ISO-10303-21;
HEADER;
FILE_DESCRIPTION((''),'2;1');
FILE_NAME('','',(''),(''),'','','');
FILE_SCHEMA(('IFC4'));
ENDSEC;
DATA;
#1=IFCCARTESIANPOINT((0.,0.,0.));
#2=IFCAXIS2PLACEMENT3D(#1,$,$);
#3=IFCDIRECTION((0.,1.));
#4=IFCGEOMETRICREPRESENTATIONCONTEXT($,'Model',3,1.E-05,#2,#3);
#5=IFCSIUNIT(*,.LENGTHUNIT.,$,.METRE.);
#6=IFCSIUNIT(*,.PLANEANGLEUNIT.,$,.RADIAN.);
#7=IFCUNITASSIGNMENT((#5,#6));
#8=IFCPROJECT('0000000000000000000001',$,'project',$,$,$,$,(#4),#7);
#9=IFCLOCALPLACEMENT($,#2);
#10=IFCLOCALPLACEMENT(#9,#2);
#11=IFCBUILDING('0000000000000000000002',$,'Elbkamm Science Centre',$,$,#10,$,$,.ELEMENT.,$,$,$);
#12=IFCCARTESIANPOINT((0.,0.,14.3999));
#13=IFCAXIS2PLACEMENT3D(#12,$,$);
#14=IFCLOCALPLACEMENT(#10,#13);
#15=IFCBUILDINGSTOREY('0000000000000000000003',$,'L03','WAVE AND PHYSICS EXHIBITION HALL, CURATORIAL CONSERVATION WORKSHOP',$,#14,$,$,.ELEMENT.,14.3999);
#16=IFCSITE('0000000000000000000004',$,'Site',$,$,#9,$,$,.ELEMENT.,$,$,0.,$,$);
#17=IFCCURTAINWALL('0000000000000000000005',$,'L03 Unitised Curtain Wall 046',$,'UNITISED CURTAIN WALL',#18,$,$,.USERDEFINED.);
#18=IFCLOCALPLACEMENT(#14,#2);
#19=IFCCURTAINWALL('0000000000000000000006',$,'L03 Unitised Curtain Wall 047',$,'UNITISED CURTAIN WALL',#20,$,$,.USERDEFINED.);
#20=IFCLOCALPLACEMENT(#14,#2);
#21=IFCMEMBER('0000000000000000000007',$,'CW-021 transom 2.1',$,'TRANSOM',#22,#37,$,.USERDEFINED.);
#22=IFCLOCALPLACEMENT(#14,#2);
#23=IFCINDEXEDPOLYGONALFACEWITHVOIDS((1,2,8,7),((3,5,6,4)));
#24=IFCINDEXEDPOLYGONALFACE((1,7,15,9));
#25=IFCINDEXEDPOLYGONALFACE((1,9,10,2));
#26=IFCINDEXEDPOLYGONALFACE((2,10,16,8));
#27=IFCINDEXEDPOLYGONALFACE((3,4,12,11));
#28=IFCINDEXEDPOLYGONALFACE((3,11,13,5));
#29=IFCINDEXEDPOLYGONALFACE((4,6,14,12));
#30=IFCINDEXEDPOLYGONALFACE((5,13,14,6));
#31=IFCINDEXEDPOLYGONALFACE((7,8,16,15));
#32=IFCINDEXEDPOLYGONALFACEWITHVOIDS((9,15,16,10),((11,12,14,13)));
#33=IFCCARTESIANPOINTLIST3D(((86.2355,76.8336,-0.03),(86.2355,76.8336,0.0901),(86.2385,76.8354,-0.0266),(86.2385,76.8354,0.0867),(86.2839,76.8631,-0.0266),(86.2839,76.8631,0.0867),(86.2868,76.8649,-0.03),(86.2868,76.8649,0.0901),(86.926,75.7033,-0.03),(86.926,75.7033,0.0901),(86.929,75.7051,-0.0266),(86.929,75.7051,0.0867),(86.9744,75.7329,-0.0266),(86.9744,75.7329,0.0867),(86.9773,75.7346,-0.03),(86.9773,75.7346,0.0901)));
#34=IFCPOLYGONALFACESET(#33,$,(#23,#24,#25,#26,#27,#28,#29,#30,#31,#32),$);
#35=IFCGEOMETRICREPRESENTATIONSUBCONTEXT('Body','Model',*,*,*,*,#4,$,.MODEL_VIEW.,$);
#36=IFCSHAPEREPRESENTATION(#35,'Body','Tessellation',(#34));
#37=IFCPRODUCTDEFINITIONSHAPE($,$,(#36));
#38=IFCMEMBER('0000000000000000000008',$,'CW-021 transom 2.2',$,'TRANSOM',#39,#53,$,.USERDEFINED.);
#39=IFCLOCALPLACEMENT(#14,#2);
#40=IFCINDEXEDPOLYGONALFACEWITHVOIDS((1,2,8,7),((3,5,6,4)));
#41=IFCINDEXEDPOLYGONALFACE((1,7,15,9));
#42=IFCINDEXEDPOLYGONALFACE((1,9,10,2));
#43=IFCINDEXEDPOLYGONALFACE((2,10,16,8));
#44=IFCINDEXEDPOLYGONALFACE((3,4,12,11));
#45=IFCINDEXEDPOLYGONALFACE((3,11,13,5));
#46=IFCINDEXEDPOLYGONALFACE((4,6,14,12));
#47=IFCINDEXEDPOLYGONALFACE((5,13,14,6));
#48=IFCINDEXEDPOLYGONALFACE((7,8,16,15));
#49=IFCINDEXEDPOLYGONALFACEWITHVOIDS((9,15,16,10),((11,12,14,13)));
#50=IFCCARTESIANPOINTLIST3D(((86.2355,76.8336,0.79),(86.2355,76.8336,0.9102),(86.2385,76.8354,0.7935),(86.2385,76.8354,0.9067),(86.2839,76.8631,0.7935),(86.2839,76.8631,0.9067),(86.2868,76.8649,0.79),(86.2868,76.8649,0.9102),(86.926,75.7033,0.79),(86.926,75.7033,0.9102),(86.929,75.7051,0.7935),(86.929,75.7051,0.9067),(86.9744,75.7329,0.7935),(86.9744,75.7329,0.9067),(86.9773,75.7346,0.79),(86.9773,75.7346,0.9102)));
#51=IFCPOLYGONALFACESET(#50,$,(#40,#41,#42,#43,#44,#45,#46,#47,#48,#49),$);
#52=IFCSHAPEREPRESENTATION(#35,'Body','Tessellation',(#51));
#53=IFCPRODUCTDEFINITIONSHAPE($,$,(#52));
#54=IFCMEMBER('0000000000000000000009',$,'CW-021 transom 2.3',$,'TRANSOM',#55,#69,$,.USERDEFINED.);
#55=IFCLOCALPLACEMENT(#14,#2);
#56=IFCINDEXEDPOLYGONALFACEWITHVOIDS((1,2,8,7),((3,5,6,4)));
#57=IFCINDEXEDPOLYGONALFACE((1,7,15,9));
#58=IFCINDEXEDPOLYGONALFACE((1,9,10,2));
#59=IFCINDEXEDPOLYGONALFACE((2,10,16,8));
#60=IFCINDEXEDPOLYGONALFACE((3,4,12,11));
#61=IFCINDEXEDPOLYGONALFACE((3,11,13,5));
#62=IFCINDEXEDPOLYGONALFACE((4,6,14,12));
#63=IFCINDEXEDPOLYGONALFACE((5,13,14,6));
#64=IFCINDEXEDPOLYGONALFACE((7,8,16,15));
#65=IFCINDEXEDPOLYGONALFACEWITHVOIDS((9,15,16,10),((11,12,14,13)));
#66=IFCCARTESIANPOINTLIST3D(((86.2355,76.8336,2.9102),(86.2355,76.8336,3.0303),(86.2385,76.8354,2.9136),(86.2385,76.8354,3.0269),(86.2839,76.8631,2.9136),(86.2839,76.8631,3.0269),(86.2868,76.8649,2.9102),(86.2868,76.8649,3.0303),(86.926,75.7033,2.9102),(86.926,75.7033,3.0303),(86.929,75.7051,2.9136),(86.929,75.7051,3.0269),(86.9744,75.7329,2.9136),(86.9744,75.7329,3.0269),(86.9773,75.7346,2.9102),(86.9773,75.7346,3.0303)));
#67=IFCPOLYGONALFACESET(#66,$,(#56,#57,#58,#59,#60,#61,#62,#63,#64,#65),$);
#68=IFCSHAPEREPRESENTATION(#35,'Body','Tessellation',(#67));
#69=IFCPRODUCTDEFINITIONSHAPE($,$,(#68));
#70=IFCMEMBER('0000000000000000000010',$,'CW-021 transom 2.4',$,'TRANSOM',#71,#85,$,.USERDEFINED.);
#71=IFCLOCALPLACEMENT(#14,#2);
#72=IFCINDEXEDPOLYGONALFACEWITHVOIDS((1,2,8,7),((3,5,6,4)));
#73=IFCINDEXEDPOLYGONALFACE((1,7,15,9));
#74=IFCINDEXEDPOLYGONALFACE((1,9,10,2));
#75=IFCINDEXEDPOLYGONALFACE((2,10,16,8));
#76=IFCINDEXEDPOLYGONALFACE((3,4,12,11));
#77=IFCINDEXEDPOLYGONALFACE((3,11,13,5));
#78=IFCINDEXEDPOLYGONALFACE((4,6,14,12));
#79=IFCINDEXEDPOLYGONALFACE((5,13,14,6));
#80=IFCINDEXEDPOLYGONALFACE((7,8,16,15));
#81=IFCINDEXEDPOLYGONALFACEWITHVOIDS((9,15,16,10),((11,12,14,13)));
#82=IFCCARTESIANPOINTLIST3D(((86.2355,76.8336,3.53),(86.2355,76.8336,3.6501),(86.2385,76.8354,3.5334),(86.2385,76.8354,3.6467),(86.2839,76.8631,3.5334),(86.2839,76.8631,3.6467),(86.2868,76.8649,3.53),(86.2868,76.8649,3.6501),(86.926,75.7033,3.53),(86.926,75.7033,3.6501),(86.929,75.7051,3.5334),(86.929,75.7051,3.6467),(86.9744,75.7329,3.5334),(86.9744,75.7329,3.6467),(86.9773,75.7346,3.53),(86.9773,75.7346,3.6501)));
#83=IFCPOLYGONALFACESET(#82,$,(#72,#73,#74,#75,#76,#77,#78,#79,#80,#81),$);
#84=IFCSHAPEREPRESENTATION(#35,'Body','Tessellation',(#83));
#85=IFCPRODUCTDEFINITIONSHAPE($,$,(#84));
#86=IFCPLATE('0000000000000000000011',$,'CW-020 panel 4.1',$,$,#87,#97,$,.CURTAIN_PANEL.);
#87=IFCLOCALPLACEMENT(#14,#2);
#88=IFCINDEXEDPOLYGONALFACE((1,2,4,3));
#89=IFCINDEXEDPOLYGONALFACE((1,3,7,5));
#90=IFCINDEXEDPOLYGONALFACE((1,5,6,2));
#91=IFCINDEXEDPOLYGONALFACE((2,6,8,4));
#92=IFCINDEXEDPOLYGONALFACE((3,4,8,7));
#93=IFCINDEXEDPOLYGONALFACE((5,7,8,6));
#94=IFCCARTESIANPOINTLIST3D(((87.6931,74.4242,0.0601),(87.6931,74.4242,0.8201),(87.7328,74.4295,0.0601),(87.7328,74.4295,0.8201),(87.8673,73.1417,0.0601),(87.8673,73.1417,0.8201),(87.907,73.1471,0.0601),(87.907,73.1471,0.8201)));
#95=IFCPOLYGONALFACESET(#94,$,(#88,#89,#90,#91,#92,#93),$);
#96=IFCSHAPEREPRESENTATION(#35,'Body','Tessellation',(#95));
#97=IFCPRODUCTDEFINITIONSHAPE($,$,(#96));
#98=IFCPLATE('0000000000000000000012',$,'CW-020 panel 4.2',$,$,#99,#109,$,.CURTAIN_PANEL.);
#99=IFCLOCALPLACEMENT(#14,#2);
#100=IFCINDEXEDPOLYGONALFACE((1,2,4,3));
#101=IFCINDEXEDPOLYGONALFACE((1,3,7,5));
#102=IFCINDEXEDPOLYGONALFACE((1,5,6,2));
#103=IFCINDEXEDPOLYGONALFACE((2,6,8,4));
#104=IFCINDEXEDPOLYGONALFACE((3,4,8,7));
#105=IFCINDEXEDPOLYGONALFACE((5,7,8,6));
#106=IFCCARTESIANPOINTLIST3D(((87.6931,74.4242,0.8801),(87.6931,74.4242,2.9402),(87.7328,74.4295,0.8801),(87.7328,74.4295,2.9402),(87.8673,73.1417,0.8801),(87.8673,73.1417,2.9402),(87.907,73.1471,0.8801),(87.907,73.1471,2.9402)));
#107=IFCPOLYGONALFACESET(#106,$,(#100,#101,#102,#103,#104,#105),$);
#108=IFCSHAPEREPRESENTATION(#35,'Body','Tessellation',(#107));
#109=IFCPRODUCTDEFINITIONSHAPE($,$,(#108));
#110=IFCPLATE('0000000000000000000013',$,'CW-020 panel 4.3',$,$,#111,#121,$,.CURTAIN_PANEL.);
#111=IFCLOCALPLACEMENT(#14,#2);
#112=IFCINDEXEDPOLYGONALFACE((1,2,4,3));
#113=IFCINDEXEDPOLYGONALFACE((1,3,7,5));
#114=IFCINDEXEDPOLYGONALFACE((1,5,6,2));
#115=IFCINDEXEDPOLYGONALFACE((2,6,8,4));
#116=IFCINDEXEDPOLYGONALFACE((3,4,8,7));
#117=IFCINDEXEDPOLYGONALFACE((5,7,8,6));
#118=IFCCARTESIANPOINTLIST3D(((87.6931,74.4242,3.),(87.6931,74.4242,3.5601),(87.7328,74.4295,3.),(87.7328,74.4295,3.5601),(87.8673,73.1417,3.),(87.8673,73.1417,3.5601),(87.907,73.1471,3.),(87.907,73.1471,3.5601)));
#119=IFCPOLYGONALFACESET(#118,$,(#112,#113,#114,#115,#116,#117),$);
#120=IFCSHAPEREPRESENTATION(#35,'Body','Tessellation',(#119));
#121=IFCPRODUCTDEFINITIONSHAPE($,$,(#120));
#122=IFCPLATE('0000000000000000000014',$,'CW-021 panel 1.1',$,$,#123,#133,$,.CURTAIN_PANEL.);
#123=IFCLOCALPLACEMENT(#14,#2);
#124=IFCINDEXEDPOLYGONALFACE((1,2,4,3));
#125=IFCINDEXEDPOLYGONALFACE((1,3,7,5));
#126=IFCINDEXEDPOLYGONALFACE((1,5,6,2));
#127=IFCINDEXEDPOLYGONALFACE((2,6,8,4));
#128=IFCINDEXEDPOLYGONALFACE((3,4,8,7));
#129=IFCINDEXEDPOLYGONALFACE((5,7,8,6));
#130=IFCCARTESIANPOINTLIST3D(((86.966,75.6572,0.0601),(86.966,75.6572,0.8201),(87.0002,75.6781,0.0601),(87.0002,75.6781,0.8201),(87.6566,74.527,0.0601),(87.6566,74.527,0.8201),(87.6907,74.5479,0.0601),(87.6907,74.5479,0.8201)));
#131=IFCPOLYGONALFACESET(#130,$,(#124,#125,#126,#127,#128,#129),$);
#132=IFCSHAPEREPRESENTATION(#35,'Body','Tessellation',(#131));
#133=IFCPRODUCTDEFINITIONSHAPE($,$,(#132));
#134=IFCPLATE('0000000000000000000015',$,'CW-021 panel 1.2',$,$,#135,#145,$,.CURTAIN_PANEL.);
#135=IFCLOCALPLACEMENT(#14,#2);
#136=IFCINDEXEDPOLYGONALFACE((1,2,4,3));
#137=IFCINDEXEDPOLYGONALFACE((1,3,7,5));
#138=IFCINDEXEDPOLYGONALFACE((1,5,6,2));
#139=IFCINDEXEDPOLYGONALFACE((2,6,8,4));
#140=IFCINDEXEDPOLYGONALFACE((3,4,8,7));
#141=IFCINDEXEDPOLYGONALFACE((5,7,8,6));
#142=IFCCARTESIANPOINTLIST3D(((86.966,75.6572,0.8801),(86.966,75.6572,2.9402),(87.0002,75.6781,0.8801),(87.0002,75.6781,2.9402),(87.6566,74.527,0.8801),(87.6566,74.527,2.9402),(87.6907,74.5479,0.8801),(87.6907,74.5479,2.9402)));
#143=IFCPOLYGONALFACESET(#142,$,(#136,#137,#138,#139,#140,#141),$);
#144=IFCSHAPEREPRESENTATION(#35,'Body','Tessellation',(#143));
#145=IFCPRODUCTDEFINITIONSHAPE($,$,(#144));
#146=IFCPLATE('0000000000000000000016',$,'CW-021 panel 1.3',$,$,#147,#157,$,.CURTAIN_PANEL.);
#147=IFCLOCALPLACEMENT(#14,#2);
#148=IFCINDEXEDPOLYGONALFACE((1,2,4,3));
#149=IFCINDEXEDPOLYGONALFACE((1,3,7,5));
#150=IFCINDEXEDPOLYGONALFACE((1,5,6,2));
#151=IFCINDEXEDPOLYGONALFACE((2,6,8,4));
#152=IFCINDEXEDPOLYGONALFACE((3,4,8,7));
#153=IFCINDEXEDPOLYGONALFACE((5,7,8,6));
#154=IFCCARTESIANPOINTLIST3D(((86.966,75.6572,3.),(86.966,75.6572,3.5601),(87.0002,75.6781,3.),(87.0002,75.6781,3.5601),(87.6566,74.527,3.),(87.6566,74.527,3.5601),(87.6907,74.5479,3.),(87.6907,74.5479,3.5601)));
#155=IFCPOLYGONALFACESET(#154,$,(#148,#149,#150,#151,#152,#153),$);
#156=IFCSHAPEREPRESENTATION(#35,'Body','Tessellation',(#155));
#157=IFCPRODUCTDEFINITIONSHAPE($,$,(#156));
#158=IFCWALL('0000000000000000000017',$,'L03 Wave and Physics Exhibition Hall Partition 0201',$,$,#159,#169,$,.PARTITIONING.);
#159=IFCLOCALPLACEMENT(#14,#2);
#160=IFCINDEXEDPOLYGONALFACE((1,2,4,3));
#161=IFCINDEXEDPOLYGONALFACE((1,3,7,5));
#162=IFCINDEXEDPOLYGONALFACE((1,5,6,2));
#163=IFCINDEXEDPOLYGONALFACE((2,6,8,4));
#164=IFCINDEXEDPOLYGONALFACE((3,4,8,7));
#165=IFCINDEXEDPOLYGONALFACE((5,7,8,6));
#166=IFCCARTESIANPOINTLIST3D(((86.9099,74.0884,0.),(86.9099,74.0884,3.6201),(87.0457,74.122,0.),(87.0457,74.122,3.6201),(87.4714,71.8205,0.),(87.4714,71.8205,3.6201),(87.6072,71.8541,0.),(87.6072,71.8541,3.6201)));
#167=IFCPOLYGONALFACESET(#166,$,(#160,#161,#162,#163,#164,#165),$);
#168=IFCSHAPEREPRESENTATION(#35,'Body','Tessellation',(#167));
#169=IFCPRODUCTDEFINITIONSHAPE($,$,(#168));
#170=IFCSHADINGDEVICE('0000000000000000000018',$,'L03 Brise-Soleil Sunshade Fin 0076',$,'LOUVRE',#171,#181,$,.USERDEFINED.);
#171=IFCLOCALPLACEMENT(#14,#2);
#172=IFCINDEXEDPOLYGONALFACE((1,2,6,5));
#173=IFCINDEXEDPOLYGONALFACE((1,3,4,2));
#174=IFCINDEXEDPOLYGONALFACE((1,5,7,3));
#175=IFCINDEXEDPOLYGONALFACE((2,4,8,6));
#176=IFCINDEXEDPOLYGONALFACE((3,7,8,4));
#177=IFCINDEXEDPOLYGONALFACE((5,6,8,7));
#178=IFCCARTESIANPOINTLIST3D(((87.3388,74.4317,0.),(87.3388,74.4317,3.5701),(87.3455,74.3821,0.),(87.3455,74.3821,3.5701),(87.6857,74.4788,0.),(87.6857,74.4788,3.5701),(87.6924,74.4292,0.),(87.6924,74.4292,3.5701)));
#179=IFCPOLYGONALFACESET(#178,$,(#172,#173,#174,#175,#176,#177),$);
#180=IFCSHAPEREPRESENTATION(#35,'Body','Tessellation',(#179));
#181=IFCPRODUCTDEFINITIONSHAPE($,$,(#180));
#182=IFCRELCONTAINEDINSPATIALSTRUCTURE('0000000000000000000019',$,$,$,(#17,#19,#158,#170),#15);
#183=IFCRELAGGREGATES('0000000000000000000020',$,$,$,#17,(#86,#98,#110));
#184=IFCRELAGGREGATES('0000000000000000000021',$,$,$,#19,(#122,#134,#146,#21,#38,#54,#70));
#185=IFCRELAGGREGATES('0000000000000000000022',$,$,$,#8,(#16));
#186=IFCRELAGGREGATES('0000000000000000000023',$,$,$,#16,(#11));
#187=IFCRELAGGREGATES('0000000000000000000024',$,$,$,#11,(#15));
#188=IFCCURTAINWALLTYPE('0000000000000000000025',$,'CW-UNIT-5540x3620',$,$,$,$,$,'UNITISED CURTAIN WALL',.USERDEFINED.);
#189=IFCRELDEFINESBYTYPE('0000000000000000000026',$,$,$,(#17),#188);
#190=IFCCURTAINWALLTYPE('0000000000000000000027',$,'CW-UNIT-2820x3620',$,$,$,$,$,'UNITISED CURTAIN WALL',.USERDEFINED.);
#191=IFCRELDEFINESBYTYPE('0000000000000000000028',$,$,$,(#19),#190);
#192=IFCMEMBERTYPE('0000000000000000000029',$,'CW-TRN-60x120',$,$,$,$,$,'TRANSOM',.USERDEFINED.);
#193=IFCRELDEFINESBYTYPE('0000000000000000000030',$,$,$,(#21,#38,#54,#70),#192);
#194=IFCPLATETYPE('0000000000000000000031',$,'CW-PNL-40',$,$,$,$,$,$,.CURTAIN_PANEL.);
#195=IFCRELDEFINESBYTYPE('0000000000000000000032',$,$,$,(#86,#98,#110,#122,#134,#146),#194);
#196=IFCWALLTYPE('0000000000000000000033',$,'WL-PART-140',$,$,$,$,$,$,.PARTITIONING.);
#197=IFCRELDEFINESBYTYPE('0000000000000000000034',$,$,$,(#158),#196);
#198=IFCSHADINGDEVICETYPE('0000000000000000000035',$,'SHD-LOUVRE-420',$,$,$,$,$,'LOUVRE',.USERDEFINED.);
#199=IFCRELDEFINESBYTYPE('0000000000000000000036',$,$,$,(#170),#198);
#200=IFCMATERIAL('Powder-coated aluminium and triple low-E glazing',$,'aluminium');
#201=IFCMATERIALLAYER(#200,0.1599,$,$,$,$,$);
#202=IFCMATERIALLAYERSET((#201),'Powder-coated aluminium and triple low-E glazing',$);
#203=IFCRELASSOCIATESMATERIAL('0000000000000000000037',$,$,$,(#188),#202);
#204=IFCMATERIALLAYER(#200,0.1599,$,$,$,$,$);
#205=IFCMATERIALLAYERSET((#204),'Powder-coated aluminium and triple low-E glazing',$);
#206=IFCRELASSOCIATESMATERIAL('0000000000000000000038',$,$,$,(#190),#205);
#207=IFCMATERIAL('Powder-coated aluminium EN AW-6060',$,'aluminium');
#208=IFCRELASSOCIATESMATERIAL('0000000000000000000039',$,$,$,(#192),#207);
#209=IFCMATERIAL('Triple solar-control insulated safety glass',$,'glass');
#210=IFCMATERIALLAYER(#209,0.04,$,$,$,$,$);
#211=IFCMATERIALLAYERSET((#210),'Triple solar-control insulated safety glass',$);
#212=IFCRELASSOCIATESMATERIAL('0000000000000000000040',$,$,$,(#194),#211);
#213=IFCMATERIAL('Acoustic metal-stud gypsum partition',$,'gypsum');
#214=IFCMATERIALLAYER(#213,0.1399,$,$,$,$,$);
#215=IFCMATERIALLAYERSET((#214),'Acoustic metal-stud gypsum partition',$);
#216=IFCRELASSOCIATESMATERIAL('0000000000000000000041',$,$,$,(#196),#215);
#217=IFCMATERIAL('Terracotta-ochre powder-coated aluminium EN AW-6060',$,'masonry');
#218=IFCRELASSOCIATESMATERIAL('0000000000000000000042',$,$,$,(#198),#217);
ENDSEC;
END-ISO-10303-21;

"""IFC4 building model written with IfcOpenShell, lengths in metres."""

from ifc_helpers import new_model, si_unit, direction, frame, frame_2d, origin, origin_2d, place, context, subcontext, project, spatial, rectangle, hollow_rectangle, extrude, material, layer, layer_set, material_profile, profile_set, type_object, element, aggregate, save


model = new_model("IFC4")

# Units and contexts
model_context = context("Model", 3, precision=1e-05, world=origin(), true_north=direction((0.0, 1.0)))
body_context = subcontext(model_context, "Body", "Model", "MODEL_VIEW")
ifc_project = project(units=[si_unit("LENGTHUNIT", "METRE"), si_unit("PLANEANGLEUNIT", "RADIAN")], contexts=[model_context])

# Site, building, storey
site_placement = place(None, origin())
site = spatial("IfcSite", under=ifc_project, at=site_placement, Name="Site", CompositionType="ELEMENT", RefElevation=0.0)
building_placement = place(site_placement, origin())
building = spatial("IfcBuilding", under=site, at=building_placement, Name="Elbkamm Science Centre", CompositionType="ELEMENT")
storey_placement = place(building_placement, frame((0.0, 0.0, 14.3999)))
storey = spatial("IfcBuildingStorey", under=building, at=storey_placement, Name="L03", Description="WAVE AND PHYSICS EXHIBITION HALL, CURATORIAL CONSERVATION WORKSHOP", CompositionType="ELEMENT", Elevation=14.3999)

# Curtain wall
ifc_material_1 = material(Name="Powder-coated aluminium and triple low-E glazing", Category="aluminium")
ifc_layer_1 = layer(ifc_material_1, 0.1599)
ifc_layer_set_1 = layer_set([ifc_layer_1], Name="Powder-coated aluminium and triple low-E glazing")
curtain_wall_type_1 = type_object("IfcCurtainWallType", Name="CW-UNIT-5540x3620", ElementType="UNITISED CURTAIN WALL", PredefinedType="USERDEFINED", material=ifc_layer_set_1)
curtain_wall_1_placement = place(storey_placement, origin())
curtain_wall_1 = element("IfcCurtainWall", 1, at=curtain_wall_1_placement, inside=storey, type_object=curtain_wall_type_1, Name="L03 Unitised Curtain Wall 046", ObjectType="UNITISED CURTAIN WALL", PredefinedType="USERDEFINED")
ifc_material_2 = material(Name="Powder-coated aluminium EN AW-6060", Category="aluminium")

# Curtain wall
ifc_layer_2 = layer(ifc_material_1, 0.1599)
ifc_layer_set_2 = layer_set([ifc_layer_2], Name="Powder-coated aluminium and triple low-E glazing")
curtain_wall_type_2 = type_object("IfcCurtainWallType", Name="CW-UNIT-2820x3620", ElementType="UNITISED CURTAIN WALL", PredefinedType="USERDEFINED", material=ifc_layer_set_2)
curtain_wall_2_placement = place(storey_placement, origin())
curtain_wall_2 = element("IfcCurtainWall", 2, at=curtain_wall_2_placement, inside=storey, type_object=curtain_wall_type_2, Name="L03 Unitised Curtain Wall 047", ObjectType="UNITISED CURTAIN WALL", PredefinedType="USERDEFINED")

# Members
ifc_material_profile_1 = material_profile(ifc_material_2, hollow_rectangle(XDim=0.0601, YDim=0.1201, WallThickness=0.0034, at=origin_2d()), Name="ALU T60x120")
ifc_profile_set_1 = profile_set([ifc_material_profile_1], Name="Powder-coated aluminium EN AW-6060")
member_type_1 = type_object("IfcMemberType", Name="CW-TRN-60x120", ElementType="TRANSOM", PredefinedType="USERDEFINED", material=ifc_profile_set_1)
member_1_placement = place(storey_placement, frame((86.9517, 75.719, 0.03), z_axis=(-0.521338, 0.85335, 0.0), x_axis=(-0.85335, -0.521338, 0.0)))
member_1 = element("IfcMember", 3, at=member_1_placement, type_object=member_type_1, Name="CW-021 transom 2.1", ObjectType="TRANSOM", PredefinedType="USERDEFINED", context=body_context, shape_type="SweptSolid", body=[
    extrude(hollow_rectangle(XDim=0.0601, YDim=0.1201, WallThickness=0.0034, at=origin_2d()), origin(), (0.0, 0.0, 1.0), 1.3245),
])
member_2_placement = place(storey_placement, frame((86.9517, 75.719, 0.8501), z_axis=(-0.521338, 0.85335, 0.0), x_axis=(-0.85335, -0.521338, 0.0)))
member_2 = element("IfcMember", 4, at=member_2_placement, type_object=member_type_1, Name="CW-021 transom 2.2", ObjectType="TRANSOM", PredefinedType="USERDEFINED", context=body_context, shape_type="SweptSolid", body=[
    extrude(hollow_rectangle(XDim=0.0601, YDim=0.1201, WallThickness=0.0034, at=origin_2d()), origin(), (0.0, 0.0, 1.0), 1.3245),
])
member_3_placement = place(storey_placement, frame((86.9517, 75.719, 2.9702), z_axis=(-0.521338, 0.85335, 0.0), x_axis=(-0.85335, -0.521338, 0.0)))
member_3 = element("IfcMember", 5, at=member_3_placement, type_object=member_type_1, Name="CW-021 transom 2.3", ObjectType="TRANSOM", PredefinedType="USERDEFINED", context=body_context, shape_type="SweptSolid", body=[
    extrude(hollow_rectangle(XDim=0.0601, YDim=0.1201, WallThickness=0.0034, at=origin_2d()), origin(), (0.0, 0.0, 1.0), 1.3245),
])
member_4_placement = place(storey_placement, frame((86.9517, 75.719, 3.5901), z_axis=(-0.521338, 0.85335, 0.0), x_axis=(-0.85335, -0.521338, 0.0)))
member_4 = element("IfcMember", 6, at=member_4_placement, type_object=member_type_1, Name="CW-021 transom 2.4", ObjectType="TRANSOM", PredefinedType="USERDEFINED", context=body_context, shape_type="SweptSolid", body=[
    extrude(hollow_rectangle(XDim=0.0601, YDim=0.1201, WallThickness=0.0034, at=origin_2d()), origin(), (0.0, 0.0, 1.0), 1.3245),
])

# Plates
ifc_material_3 = material(Name="Triple solar-control insulated safety glass", Category="glass")
ifc_layer_3 = layer(ifc_material_3, 0.04)
ifc_layer_set_3 = layer_set([ifc_layer_3], Name="Triple solar-control insulated safety glass")
plate_type = type_object("IfcPlateType", Name="CW-PNL-40", PredefinedType="CURTAIN_PANEL", material=ifc_layer_set_3)
plate_1_placement = place(storey_placement, frame((87.8, 73.7856, 0.0601), z_axis=(0.0, 0.0, 1.0), x_axis=(-0.134576, 0.990903, 0.0)))
plate_1 = element("IfcPlate", 7, at=plate_1_placement, type_object=plate_type, Name="CW-020 panel 4.1", PredefinedType="CURTAIN_PANEL", context=body_context, shape_type="SweptSolid", body=[
    extrude(rectangle(XDim=1.2942, YDim=0.04, at=origin_2d()), origin(), (0.0, 0.0, 1.0), 0.76),
])
plate_2_placement = place(storey_placement, frame((87.8, 73.7856, 0.8801), z_axis=(0.0, 0.0, 1.0), x_axis=(-0.134576, 0.990903, 0.0)))
plate_2 = element("IfcPlate", 8, at=plate_2_placement, type_object=plate_type, Name="CW-020 panel 4.2", PredefinedType="CURTAIN_PANEL", context=body_context, shape_type="SweptSolid", body=[
    extrude(rectangle(XDim=1.2942, YDim=0.04, at=origin_2d()), origin(), (0.0, 0.0, 1.0), 2.0601),
])
plate_3_placement = place(storey_placement, frame((87.8, 73.7856, 3.0), z_axis=(0.0, 0.0, 1.0), x_axis=(-0.134576, 0.990903, 0.0)))
plate_3 = element("IfcPlate", 9, at=plate_3_placement, type_object=plate_type, Name="CW-020 panel 4.3", PredefinedType="CURTAIN_PANEL", context=body_context, shape_type="SweptSolid", body=[
    extrude(rectangle(XDim=1.2942, YDim=0.04, at=origin_2d()), origin(), (0.0, 0.0, 1.0), 0.5601),
])
aggregate(curtain_wall_1, [plate_1, plate_2, plate_3])
plate_4_placement = place(storey_placement, frame((87.3284, 75.1025, 0.0601), z_axis=(0.0, 0.0, 1.0), x_axis=(-0.521393, 0.853317, 0.0)))
plate_4 = element("IfcPlate", 10, at=plate_4_placement, type_object=plate_type, Name="CW-021 panel 1.1", PredefinedType="CURTAIN_PANEL", context=body_context, shape_type="SweptSolid", body=[
    extrude(rectangle(XDim=1.3245, YDim=0.04, at=origin_2d()), origin(), (0.0, 0.0, 1.0), 0.76),
])
plate_5_placement = place(storey_placement, frame((87.3284, 75.1025, 0.8801), z_axis=(0.0, 0.0, 1.0), x_axis=(-0.521393, 0.853317, 0.0)))
plate_5 = element("IfcPlate", 11, at=plate_5_placement, type_object=plate_type, Name="CW-021 panel 1.2", PredefinedType="CURTAIN_PANEL", context=body_context, shape_type="SweptSolid", body=[
    extrude(rectangle(XDim=1.3245, YDim=0.04, at=origin_2d()), origin(), (0.0, 0.0, 1.0), 2.0601),
])
plate_6_placement = place(storey_placement, frame((87.3284, 75.1025, 3.0), z_axis=(0.0, 0.0, 1.0), x_axis=(-0.521393, 0.853317, 0.0)))
plate_6 = element("IfcPlate", 12, at=plate_6_placement, type_object=plate_type, Name="CW-021 panel 1.3", PredefinedType="CURTAIN_PANEL", context=body_context, shape_type="SweptSolid", body=[
    extrude(rectangle(XDim=1.3245, YDim=0.04, at=origin_2d()), origin(), (0.0, 0.0, 1.0), 0.5601),
])
aggregate(curtain_wall_2, [plate_4, plate_5, plate_6, member_1, member_2, member_3, member_4])

# Wall
ifc_material_4 = material(Name="Acoustic metal-stud gypsum partition", Category="gypsum")
ifc_layer_4 = layer(ifc_material_4, 0.1399)
ifc_layer_set_4 = layer_set([ifc_layer_4], Name="Acoustic metal-stud gypsum partition")
wall_type = type_object("IfcWallType", Name="WL-PART-140", PredefinedType="PARTITIONING", material=ifc_layer_set_4)
wall_placement = place(storey_placement, frame((86.9778, 74.1052, 0.0), z_axis=(0.0, 0.0, 1.0), x_axis=(0.240347, -0.970687, 0.0)))
element("IfcWall", 13, at=wall_placement, inside=storey, type_object=wall_type, Name="L03 Wave and Physics Exhibition Hall Partition 0201", PredefinedType="PARTITIONING", context=body_context, shape_type="SweptSolid", body=[
    extrude(rectangle(XDim=2.3364, YDim=0.1399, at=frame_2d((1.1682, 0.0))), origin(), (0.0, 0.0, 1.0), 3.6201),
])

# Shading device
ifc_material_5 = material(Name="Terracotta-ochre powder-coated aluminium EN AW-6060", Category="masonry")
shading_device_type = type_object("IfcShadingDeviceType", Name="SHD-LOUVRE-420", ElementType="LOUVRE", PredefinedType="USERDEFINED", material=ifc_material_5)
shading_device_placement = place(storey_placement, frame((87.5156, 74.4304, 0.0), z_axis=(0.0, 0.0, 1.0), x_axis=(-0.990903, -0.134576, 0.0)))
element("IfcShadingDevice", 14, at=shading_device_placement, inside=storey, type_object=shading_device_type, Name="L03 Brise-Soleil Sunshade Fin 0076", ObjectType="LOUVRE", PredefinedType="USERDEFINED", context=body_context, shape_type="SweptSolid", body=[
    extrude(rectangle(XDim=0.3501, YDim=0.05, at=origin_2d()), origin(), (0.0, 0.0, 1.0), 3.5701),
])

save(model, "model.ifc")
